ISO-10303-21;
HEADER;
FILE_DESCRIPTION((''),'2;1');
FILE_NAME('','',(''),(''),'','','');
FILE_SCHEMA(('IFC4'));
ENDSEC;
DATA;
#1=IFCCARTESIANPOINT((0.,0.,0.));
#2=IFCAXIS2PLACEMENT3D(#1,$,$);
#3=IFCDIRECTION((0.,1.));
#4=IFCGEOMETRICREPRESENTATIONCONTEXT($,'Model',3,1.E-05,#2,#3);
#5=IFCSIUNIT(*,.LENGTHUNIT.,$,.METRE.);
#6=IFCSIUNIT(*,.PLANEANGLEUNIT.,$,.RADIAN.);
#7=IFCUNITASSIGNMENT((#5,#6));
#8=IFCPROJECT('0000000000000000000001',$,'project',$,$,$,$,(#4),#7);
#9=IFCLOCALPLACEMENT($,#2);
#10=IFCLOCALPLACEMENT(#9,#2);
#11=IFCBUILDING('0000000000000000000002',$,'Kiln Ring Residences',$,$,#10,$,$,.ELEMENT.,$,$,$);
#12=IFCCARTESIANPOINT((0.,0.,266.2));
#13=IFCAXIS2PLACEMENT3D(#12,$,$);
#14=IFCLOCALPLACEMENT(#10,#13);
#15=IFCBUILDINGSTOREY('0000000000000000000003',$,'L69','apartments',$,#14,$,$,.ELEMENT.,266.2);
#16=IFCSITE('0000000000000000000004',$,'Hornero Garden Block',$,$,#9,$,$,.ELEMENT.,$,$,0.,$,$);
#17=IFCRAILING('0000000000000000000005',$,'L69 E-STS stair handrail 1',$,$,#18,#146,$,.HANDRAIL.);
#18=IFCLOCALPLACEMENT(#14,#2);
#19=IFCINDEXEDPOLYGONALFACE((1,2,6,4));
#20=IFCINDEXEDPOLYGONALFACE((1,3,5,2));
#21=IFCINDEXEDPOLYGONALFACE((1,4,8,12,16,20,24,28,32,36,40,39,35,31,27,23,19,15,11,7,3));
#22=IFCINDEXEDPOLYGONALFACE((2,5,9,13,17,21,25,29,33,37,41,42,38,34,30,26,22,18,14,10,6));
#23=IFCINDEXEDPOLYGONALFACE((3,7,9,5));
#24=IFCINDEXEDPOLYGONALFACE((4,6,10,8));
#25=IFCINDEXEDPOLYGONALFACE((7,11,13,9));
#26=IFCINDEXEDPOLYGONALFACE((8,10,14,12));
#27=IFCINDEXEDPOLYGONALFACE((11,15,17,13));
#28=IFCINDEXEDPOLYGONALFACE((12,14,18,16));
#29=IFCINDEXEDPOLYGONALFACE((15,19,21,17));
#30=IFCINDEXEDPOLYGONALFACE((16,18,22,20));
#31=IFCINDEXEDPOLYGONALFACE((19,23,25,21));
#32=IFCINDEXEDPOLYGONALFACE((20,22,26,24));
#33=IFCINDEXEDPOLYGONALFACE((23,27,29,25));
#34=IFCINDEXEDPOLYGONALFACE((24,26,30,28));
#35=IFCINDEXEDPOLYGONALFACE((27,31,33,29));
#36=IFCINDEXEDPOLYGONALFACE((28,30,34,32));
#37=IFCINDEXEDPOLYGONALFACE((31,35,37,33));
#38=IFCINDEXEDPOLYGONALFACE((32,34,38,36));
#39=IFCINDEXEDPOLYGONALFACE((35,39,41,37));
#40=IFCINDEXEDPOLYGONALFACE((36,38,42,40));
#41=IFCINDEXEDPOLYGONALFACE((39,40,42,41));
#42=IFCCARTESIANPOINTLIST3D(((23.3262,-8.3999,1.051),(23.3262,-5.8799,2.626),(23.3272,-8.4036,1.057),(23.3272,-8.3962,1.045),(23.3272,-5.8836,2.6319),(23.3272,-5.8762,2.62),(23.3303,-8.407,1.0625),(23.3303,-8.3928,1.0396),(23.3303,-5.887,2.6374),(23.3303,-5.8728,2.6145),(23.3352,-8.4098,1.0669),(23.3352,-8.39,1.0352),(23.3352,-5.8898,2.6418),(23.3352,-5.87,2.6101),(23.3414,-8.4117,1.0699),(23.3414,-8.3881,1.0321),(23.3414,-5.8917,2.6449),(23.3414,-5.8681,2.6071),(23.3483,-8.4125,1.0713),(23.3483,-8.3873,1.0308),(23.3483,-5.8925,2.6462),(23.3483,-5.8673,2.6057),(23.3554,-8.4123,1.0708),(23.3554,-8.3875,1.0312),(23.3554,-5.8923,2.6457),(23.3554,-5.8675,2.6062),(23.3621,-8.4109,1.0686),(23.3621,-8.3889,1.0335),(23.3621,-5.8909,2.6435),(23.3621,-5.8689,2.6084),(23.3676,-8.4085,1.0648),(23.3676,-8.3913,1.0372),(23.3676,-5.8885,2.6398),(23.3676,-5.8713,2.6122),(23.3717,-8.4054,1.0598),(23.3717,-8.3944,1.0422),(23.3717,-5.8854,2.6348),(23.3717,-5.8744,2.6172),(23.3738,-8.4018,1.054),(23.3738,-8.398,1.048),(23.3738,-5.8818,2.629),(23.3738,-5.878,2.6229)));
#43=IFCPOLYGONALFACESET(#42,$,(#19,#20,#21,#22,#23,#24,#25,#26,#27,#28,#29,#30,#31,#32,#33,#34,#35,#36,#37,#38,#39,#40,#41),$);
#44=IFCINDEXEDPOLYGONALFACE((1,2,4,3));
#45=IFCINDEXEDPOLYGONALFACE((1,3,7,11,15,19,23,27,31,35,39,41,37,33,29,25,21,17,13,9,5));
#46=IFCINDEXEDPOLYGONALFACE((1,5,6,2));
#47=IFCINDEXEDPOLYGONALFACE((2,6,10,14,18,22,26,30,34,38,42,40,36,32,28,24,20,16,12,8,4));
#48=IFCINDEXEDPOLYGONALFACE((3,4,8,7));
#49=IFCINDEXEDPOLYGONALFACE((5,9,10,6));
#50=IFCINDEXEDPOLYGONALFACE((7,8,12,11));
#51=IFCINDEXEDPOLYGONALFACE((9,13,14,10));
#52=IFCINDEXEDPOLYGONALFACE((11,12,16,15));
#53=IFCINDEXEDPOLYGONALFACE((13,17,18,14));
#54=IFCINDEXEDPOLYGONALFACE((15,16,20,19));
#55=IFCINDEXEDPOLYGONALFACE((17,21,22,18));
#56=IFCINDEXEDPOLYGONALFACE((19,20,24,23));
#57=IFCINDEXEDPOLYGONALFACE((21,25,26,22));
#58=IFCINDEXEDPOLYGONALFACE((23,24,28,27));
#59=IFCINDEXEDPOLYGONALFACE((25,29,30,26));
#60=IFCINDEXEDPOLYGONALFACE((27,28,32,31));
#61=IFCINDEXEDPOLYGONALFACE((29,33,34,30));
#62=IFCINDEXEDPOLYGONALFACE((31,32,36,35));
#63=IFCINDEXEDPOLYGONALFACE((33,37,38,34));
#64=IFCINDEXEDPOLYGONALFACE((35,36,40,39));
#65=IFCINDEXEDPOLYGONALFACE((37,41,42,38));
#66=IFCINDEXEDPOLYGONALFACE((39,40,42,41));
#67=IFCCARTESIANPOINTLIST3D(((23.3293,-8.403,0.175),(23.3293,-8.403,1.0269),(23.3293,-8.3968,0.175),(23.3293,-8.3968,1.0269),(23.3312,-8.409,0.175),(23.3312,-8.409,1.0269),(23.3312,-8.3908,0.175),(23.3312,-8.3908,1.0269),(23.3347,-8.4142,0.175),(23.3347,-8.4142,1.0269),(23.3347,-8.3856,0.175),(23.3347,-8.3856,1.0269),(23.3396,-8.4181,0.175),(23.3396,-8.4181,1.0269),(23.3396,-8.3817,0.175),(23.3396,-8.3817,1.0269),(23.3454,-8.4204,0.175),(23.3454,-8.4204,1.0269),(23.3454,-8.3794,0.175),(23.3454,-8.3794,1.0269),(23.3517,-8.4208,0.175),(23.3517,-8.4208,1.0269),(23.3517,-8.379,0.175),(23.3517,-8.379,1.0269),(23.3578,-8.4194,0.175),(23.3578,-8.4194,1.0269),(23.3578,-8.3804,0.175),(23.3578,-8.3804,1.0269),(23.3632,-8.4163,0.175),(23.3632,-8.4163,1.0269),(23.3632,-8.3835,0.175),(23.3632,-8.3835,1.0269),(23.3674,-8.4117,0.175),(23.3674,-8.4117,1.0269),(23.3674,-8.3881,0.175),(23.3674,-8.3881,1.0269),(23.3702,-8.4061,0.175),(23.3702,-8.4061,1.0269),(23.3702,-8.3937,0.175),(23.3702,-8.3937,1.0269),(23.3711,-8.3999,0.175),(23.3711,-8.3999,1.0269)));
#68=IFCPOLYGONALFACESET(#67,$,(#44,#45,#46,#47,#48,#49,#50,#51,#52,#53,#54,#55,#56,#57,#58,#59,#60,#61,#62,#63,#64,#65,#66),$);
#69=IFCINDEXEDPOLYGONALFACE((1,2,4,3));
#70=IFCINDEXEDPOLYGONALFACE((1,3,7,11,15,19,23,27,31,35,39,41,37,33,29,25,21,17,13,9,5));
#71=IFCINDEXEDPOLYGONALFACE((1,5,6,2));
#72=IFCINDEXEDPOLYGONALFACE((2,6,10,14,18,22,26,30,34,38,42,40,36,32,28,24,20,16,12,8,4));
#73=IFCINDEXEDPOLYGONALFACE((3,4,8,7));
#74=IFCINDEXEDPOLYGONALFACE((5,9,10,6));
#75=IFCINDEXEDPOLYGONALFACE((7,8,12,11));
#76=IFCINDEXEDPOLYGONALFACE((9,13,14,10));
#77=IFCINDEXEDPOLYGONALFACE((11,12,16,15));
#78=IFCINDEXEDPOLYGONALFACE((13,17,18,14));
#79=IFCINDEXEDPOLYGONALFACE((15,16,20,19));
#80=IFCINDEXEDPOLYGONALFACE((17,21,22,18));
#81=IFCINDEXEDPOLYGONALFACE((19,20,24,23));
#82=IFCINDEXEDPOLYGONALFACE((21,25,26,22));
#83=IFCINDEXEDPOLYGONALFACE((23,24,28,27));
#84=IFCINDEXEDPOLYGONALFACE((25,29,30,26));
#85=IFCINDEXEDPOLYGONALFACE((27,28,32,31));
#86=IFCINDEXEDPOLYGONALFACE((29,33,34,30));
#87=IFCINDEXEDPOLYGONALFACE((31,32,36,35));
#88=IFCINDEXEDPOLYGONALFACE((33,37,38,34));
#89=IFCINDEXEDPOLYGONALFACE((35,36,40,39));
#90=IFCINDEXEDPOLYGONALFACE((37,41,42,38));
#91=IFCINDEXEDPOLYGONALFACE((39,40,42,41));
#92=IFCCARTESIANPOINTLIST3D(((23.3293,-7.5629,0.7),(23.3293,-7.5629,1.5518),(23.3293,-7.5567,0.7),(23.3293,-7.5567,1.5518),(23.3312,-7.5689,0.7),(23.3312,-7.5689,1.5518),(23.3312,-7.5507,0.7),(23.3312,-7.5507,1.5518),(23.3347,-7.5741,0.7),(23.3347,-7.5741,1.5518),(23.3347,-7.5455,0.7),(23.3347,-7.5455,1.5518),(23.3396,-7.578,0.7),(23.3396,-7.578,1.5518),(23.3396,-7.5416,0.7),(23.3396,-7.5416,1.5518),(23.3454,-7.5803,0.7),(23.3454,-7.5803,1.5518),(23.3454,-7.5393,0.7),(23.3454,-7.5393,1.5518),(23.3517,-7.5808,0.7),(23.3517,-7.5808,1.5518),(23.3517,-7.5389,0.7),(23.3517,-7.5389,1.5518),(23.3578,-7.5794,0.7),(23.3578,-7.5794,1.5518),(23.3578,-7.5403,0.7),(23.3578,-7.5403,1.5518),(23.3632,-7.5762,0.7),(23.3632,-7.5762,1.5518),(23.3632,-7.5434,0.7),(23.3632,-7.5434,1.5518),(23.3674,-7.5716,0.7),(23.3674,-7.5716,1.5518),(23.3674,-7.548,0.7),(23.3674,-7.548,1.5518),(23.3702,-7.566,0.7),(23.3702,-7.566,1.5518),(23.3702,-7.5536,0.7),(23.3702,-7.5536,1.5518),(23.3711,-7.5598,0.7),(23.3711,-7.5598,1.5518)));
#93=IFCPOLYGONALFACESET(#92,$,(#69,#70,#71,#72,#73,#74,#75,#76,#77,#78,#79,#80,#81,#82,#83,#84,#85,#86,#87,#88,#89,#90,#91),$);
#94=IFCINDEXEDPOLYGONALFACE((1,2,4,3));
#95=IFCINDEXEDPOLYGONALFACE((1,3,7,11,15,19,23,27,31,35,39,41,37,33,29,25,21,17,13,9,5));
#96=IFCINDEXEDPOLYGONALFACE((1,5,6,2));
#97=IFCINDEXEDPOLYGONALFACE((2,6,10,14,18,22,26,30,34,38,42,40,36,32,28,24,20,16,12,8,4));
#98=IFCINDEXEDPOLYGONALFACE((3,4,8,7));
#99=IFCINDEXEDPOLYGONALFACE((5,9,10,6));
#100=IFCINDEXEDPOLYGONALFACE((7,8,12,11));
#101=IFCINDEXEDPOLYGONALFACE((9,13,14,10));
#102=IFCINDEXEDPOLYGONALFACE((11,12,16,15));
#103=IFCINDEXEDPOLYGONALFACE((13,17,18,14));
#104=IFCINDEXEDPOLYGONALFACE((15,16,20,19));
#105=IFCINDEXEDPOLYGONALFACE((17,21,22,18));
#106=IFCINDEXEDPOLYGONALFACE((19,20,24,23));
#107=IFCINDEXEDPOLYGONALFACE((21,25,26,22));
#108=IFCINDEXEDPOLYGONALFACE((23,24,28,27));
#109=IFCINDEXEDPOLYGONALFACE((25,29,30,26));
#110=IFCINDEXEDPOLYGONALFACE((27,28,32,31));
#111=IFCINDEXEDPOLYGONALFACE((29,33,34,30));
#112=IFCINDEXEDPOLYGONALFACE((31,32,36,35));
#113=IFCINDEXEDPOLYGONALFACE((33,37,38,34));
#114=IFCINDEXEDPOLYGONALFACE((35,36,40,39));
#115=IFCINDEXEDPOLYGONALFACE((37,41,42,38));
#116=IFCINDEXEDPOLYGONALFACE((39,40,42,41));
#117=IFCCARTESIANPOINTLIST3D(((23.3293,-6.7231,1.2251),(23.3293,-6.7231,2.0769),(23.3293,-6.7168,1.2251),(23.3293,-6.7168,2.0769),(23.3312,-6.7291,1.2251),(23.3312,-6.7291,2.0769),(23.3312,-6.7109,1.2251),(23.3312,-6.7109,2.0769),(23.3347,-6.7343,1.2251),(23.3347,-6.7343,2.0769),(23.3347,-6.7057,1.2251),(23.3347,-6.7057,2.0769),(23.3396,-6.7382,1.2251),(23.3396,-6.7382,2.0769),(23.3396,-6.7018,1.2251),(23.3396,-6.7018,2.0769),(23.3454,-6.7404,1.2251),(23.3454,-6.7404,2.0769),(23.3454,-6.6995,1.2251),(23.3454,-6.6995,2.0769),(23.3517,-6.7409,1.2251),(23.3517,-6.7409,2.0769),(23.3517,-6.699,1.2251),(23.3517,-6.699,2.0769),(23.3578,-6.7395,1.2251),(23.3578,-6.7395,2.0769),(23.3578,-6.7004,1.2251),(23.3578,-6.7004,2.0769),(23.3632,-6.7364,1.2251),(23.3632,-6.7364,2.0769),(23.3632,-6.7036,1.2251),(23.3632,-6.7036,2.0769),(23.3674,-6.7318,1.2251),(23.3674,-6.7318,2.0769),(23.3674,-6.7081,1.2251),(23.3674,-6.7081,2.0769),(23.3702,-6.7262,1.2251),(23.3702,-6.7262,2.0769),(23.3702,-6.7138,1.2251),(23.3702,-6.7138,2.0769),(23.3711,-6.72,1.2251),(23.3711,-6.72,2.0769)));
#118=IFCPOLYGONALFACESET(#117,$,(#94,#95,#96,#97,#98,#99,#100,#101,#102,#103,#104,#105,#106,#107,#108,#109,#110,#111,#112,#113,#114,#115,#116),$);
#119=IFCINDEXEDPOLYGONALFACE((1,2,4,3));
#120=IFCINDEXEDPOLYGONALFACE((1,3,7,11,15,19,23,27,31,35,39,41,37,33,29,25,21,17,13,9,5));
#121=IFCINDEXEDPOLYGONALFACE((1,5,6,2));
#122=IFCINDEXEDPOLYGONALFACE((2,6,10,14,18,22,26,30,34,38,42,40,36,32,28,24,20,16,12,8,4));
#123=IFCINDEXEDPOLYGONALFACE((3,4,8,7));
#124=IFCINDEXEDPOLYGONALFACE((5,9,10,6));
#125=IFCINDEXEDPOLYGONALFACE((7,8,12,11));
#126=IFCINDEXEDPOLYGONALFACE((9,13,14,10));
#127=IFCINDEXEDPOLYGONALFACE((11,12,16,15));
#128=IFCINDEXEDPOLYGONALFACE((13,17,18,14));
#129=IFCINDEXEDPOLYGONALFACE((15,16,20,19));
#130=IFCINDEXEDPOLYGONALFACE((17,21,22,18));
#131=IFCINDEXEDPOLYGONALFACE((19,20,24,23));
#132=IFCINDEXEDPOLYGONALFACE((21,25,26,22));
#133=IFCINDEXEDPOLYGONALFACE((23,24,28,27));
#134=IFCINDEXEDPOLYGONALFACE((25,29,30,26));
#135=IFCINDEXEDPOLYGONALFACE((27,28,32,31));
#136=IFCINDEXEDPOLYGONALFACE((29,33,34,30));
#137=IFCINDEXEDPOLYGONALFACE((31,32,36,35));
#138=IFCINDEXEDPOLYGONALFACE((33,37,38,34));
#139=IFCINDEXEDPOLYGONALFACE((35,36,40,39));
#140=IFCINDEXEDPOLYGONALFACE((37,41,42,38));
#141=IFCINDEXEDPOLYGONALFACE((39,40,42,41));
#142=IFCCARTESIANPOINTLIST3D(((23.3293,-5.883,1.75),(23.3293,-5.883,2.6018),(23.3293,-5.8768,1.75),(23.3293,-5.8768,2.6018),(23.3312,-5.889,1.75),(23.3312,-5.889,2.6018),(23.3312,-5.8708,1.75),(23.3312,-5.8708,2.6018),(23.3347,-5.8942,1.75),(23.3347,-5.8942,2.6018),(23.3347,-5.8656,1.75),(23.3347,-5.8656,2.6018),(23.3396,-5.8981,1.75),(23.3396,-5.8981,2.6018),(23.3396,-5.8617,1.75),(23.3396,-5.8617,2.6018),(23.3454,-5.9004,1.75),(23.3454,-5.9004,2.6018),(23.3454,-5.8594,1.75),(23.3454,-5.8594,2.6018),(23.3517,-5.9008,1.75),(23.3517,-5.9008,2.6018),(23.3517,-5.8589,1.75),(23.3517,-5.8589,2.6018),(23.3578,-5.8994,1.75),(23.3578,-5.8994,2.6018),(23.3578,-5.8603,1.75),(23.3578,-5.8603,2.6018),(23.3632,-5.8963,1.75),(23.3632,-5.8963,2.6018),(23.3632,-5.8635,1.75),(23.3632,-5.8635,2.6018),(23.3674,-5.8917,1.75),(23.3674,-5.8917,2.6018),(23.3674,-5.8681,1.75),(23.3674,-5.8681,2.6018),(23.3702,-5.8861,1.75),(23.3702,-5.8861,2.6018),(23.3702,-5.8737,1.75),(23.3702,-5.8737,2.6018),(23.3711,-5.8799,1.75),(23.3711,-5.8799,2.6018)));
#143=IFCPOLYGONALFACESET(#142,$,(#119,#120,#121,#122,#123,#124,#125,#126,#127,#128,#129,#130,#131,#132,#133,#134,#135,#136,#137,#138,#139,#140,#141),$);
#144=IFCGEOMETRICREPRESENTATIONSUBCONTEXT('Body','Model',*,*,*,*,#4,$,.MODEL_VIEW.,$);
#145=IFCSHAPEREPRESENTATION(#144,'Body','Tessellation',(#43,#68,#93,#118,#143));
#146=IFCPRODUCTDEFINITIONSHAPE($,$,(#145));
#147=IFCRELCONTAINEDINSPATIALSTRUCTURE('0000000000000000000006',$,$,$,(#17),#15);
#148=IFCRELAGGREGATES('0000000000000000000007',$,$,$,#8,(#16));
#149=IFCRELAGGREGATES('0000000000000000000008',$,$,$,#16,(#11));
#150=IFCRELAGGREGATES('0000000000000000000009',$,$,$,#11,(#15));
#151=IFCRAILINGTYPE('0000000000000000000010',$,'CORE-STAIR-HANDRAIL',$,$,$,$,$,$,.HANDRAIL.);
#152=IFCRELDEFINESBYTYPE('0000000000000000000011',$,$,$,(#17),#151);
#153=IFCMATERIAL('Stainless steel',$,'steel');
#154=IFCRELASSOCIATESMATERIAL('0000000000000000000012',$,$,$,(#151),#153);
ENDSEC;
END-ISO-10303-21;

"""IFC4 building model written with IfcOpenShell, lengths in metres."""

from ifc_helpers import new_model, si_unit, direction, frame, origin, origin_2d, place, context, subcontext, project, spatial, circle, extrude, material, type_object, element, save


model = new_model("IFC4")

# Units and contexts
model_context = context("Model", 3, precision=1e-05, world=origin(), true_north=direction((0.0, 1.0)))
body_context = subcontext(model_context, "Body", "Model", "MODEL_VIEW")
ifc_project = project(units=[si_unit("LENGTHUNIT", "METRE"), si_unit("PLANEANGLEUNIT", "RADIAN")], contexts=[model_context])

# Site, building, storey
site_placement = place(None, origin())
site = spatial("IfcSite", under=ifc_project, at=site_placement, Name="Hornero Garden Block", CompositionType="ELEMENT", RefElevation=0.0)
building_placement = place(site_placement, origin())
building = spatial("IfcBuilding", under=site, at=building_placement, Name="Kiln Ring Residences", CompositionType="ELEMENT")
storey_placement = place(building_placement, frame((0.0, 0.0, 266.2)))
storey = spatial("IfcBuildingStorey", under=building, at=storey_placement, Name="L69", Description="apartments", CompositionType="ELEMENT", Elevation=266.2)

# Railing
ifc_material_1 = material(Name="Stainless steel", Category="steel")
railing_type_1 = type_object("IfcRailingType", Name="CORE-STAIR-HANDRAIL", PredefinedType="HANDRAIL", material=ifc_material_1)
railing_1_placement = place(storey_placement, frame((23.3501, -8.3999, 0.175)))
element("IfcRailing", 1, at=railing_1_placement, inside=storey, type_object=railing_type_1, Name="L69 E-STS stair handrail 1", PredefinedType="HANDRAIL", context=body_context, shape_type="SweptSolid", body=[
    extrude(circle(Radius=0.0239, at=origin_2d()), frame((0.0, 0.0, 0.876), z_axis=(0.0, 0.848008, 0.529984), x_axis=(-1.0, 0.0, 0.0)), (0.0, 0.0, 1.0), 2.9717),
    extrude(circle(Radius=0.021, at=origin_2d()), origin(), (0.0, 0.0, 1.0), 0.8518),
    extrude(circle(Radius=0.021, at=origin_2d()), frame((0.0, 0.8401, 0.5249)), (0.0, 0.0, 1.0), 0.8518),
    extrude(circle(Radius=0.021, at=origin_2d()), frame((0.0, 1.6799, 1.05)), (0.0, 0.0, 1.0), 0.8518),
    extrude(circle(Radius=0.021, at=origin_2d()), frame((0.0, 2.52, 1.575)), (0.0, 0.0, 1.0), 0.8518),
])

save(model, "model.ifc")
